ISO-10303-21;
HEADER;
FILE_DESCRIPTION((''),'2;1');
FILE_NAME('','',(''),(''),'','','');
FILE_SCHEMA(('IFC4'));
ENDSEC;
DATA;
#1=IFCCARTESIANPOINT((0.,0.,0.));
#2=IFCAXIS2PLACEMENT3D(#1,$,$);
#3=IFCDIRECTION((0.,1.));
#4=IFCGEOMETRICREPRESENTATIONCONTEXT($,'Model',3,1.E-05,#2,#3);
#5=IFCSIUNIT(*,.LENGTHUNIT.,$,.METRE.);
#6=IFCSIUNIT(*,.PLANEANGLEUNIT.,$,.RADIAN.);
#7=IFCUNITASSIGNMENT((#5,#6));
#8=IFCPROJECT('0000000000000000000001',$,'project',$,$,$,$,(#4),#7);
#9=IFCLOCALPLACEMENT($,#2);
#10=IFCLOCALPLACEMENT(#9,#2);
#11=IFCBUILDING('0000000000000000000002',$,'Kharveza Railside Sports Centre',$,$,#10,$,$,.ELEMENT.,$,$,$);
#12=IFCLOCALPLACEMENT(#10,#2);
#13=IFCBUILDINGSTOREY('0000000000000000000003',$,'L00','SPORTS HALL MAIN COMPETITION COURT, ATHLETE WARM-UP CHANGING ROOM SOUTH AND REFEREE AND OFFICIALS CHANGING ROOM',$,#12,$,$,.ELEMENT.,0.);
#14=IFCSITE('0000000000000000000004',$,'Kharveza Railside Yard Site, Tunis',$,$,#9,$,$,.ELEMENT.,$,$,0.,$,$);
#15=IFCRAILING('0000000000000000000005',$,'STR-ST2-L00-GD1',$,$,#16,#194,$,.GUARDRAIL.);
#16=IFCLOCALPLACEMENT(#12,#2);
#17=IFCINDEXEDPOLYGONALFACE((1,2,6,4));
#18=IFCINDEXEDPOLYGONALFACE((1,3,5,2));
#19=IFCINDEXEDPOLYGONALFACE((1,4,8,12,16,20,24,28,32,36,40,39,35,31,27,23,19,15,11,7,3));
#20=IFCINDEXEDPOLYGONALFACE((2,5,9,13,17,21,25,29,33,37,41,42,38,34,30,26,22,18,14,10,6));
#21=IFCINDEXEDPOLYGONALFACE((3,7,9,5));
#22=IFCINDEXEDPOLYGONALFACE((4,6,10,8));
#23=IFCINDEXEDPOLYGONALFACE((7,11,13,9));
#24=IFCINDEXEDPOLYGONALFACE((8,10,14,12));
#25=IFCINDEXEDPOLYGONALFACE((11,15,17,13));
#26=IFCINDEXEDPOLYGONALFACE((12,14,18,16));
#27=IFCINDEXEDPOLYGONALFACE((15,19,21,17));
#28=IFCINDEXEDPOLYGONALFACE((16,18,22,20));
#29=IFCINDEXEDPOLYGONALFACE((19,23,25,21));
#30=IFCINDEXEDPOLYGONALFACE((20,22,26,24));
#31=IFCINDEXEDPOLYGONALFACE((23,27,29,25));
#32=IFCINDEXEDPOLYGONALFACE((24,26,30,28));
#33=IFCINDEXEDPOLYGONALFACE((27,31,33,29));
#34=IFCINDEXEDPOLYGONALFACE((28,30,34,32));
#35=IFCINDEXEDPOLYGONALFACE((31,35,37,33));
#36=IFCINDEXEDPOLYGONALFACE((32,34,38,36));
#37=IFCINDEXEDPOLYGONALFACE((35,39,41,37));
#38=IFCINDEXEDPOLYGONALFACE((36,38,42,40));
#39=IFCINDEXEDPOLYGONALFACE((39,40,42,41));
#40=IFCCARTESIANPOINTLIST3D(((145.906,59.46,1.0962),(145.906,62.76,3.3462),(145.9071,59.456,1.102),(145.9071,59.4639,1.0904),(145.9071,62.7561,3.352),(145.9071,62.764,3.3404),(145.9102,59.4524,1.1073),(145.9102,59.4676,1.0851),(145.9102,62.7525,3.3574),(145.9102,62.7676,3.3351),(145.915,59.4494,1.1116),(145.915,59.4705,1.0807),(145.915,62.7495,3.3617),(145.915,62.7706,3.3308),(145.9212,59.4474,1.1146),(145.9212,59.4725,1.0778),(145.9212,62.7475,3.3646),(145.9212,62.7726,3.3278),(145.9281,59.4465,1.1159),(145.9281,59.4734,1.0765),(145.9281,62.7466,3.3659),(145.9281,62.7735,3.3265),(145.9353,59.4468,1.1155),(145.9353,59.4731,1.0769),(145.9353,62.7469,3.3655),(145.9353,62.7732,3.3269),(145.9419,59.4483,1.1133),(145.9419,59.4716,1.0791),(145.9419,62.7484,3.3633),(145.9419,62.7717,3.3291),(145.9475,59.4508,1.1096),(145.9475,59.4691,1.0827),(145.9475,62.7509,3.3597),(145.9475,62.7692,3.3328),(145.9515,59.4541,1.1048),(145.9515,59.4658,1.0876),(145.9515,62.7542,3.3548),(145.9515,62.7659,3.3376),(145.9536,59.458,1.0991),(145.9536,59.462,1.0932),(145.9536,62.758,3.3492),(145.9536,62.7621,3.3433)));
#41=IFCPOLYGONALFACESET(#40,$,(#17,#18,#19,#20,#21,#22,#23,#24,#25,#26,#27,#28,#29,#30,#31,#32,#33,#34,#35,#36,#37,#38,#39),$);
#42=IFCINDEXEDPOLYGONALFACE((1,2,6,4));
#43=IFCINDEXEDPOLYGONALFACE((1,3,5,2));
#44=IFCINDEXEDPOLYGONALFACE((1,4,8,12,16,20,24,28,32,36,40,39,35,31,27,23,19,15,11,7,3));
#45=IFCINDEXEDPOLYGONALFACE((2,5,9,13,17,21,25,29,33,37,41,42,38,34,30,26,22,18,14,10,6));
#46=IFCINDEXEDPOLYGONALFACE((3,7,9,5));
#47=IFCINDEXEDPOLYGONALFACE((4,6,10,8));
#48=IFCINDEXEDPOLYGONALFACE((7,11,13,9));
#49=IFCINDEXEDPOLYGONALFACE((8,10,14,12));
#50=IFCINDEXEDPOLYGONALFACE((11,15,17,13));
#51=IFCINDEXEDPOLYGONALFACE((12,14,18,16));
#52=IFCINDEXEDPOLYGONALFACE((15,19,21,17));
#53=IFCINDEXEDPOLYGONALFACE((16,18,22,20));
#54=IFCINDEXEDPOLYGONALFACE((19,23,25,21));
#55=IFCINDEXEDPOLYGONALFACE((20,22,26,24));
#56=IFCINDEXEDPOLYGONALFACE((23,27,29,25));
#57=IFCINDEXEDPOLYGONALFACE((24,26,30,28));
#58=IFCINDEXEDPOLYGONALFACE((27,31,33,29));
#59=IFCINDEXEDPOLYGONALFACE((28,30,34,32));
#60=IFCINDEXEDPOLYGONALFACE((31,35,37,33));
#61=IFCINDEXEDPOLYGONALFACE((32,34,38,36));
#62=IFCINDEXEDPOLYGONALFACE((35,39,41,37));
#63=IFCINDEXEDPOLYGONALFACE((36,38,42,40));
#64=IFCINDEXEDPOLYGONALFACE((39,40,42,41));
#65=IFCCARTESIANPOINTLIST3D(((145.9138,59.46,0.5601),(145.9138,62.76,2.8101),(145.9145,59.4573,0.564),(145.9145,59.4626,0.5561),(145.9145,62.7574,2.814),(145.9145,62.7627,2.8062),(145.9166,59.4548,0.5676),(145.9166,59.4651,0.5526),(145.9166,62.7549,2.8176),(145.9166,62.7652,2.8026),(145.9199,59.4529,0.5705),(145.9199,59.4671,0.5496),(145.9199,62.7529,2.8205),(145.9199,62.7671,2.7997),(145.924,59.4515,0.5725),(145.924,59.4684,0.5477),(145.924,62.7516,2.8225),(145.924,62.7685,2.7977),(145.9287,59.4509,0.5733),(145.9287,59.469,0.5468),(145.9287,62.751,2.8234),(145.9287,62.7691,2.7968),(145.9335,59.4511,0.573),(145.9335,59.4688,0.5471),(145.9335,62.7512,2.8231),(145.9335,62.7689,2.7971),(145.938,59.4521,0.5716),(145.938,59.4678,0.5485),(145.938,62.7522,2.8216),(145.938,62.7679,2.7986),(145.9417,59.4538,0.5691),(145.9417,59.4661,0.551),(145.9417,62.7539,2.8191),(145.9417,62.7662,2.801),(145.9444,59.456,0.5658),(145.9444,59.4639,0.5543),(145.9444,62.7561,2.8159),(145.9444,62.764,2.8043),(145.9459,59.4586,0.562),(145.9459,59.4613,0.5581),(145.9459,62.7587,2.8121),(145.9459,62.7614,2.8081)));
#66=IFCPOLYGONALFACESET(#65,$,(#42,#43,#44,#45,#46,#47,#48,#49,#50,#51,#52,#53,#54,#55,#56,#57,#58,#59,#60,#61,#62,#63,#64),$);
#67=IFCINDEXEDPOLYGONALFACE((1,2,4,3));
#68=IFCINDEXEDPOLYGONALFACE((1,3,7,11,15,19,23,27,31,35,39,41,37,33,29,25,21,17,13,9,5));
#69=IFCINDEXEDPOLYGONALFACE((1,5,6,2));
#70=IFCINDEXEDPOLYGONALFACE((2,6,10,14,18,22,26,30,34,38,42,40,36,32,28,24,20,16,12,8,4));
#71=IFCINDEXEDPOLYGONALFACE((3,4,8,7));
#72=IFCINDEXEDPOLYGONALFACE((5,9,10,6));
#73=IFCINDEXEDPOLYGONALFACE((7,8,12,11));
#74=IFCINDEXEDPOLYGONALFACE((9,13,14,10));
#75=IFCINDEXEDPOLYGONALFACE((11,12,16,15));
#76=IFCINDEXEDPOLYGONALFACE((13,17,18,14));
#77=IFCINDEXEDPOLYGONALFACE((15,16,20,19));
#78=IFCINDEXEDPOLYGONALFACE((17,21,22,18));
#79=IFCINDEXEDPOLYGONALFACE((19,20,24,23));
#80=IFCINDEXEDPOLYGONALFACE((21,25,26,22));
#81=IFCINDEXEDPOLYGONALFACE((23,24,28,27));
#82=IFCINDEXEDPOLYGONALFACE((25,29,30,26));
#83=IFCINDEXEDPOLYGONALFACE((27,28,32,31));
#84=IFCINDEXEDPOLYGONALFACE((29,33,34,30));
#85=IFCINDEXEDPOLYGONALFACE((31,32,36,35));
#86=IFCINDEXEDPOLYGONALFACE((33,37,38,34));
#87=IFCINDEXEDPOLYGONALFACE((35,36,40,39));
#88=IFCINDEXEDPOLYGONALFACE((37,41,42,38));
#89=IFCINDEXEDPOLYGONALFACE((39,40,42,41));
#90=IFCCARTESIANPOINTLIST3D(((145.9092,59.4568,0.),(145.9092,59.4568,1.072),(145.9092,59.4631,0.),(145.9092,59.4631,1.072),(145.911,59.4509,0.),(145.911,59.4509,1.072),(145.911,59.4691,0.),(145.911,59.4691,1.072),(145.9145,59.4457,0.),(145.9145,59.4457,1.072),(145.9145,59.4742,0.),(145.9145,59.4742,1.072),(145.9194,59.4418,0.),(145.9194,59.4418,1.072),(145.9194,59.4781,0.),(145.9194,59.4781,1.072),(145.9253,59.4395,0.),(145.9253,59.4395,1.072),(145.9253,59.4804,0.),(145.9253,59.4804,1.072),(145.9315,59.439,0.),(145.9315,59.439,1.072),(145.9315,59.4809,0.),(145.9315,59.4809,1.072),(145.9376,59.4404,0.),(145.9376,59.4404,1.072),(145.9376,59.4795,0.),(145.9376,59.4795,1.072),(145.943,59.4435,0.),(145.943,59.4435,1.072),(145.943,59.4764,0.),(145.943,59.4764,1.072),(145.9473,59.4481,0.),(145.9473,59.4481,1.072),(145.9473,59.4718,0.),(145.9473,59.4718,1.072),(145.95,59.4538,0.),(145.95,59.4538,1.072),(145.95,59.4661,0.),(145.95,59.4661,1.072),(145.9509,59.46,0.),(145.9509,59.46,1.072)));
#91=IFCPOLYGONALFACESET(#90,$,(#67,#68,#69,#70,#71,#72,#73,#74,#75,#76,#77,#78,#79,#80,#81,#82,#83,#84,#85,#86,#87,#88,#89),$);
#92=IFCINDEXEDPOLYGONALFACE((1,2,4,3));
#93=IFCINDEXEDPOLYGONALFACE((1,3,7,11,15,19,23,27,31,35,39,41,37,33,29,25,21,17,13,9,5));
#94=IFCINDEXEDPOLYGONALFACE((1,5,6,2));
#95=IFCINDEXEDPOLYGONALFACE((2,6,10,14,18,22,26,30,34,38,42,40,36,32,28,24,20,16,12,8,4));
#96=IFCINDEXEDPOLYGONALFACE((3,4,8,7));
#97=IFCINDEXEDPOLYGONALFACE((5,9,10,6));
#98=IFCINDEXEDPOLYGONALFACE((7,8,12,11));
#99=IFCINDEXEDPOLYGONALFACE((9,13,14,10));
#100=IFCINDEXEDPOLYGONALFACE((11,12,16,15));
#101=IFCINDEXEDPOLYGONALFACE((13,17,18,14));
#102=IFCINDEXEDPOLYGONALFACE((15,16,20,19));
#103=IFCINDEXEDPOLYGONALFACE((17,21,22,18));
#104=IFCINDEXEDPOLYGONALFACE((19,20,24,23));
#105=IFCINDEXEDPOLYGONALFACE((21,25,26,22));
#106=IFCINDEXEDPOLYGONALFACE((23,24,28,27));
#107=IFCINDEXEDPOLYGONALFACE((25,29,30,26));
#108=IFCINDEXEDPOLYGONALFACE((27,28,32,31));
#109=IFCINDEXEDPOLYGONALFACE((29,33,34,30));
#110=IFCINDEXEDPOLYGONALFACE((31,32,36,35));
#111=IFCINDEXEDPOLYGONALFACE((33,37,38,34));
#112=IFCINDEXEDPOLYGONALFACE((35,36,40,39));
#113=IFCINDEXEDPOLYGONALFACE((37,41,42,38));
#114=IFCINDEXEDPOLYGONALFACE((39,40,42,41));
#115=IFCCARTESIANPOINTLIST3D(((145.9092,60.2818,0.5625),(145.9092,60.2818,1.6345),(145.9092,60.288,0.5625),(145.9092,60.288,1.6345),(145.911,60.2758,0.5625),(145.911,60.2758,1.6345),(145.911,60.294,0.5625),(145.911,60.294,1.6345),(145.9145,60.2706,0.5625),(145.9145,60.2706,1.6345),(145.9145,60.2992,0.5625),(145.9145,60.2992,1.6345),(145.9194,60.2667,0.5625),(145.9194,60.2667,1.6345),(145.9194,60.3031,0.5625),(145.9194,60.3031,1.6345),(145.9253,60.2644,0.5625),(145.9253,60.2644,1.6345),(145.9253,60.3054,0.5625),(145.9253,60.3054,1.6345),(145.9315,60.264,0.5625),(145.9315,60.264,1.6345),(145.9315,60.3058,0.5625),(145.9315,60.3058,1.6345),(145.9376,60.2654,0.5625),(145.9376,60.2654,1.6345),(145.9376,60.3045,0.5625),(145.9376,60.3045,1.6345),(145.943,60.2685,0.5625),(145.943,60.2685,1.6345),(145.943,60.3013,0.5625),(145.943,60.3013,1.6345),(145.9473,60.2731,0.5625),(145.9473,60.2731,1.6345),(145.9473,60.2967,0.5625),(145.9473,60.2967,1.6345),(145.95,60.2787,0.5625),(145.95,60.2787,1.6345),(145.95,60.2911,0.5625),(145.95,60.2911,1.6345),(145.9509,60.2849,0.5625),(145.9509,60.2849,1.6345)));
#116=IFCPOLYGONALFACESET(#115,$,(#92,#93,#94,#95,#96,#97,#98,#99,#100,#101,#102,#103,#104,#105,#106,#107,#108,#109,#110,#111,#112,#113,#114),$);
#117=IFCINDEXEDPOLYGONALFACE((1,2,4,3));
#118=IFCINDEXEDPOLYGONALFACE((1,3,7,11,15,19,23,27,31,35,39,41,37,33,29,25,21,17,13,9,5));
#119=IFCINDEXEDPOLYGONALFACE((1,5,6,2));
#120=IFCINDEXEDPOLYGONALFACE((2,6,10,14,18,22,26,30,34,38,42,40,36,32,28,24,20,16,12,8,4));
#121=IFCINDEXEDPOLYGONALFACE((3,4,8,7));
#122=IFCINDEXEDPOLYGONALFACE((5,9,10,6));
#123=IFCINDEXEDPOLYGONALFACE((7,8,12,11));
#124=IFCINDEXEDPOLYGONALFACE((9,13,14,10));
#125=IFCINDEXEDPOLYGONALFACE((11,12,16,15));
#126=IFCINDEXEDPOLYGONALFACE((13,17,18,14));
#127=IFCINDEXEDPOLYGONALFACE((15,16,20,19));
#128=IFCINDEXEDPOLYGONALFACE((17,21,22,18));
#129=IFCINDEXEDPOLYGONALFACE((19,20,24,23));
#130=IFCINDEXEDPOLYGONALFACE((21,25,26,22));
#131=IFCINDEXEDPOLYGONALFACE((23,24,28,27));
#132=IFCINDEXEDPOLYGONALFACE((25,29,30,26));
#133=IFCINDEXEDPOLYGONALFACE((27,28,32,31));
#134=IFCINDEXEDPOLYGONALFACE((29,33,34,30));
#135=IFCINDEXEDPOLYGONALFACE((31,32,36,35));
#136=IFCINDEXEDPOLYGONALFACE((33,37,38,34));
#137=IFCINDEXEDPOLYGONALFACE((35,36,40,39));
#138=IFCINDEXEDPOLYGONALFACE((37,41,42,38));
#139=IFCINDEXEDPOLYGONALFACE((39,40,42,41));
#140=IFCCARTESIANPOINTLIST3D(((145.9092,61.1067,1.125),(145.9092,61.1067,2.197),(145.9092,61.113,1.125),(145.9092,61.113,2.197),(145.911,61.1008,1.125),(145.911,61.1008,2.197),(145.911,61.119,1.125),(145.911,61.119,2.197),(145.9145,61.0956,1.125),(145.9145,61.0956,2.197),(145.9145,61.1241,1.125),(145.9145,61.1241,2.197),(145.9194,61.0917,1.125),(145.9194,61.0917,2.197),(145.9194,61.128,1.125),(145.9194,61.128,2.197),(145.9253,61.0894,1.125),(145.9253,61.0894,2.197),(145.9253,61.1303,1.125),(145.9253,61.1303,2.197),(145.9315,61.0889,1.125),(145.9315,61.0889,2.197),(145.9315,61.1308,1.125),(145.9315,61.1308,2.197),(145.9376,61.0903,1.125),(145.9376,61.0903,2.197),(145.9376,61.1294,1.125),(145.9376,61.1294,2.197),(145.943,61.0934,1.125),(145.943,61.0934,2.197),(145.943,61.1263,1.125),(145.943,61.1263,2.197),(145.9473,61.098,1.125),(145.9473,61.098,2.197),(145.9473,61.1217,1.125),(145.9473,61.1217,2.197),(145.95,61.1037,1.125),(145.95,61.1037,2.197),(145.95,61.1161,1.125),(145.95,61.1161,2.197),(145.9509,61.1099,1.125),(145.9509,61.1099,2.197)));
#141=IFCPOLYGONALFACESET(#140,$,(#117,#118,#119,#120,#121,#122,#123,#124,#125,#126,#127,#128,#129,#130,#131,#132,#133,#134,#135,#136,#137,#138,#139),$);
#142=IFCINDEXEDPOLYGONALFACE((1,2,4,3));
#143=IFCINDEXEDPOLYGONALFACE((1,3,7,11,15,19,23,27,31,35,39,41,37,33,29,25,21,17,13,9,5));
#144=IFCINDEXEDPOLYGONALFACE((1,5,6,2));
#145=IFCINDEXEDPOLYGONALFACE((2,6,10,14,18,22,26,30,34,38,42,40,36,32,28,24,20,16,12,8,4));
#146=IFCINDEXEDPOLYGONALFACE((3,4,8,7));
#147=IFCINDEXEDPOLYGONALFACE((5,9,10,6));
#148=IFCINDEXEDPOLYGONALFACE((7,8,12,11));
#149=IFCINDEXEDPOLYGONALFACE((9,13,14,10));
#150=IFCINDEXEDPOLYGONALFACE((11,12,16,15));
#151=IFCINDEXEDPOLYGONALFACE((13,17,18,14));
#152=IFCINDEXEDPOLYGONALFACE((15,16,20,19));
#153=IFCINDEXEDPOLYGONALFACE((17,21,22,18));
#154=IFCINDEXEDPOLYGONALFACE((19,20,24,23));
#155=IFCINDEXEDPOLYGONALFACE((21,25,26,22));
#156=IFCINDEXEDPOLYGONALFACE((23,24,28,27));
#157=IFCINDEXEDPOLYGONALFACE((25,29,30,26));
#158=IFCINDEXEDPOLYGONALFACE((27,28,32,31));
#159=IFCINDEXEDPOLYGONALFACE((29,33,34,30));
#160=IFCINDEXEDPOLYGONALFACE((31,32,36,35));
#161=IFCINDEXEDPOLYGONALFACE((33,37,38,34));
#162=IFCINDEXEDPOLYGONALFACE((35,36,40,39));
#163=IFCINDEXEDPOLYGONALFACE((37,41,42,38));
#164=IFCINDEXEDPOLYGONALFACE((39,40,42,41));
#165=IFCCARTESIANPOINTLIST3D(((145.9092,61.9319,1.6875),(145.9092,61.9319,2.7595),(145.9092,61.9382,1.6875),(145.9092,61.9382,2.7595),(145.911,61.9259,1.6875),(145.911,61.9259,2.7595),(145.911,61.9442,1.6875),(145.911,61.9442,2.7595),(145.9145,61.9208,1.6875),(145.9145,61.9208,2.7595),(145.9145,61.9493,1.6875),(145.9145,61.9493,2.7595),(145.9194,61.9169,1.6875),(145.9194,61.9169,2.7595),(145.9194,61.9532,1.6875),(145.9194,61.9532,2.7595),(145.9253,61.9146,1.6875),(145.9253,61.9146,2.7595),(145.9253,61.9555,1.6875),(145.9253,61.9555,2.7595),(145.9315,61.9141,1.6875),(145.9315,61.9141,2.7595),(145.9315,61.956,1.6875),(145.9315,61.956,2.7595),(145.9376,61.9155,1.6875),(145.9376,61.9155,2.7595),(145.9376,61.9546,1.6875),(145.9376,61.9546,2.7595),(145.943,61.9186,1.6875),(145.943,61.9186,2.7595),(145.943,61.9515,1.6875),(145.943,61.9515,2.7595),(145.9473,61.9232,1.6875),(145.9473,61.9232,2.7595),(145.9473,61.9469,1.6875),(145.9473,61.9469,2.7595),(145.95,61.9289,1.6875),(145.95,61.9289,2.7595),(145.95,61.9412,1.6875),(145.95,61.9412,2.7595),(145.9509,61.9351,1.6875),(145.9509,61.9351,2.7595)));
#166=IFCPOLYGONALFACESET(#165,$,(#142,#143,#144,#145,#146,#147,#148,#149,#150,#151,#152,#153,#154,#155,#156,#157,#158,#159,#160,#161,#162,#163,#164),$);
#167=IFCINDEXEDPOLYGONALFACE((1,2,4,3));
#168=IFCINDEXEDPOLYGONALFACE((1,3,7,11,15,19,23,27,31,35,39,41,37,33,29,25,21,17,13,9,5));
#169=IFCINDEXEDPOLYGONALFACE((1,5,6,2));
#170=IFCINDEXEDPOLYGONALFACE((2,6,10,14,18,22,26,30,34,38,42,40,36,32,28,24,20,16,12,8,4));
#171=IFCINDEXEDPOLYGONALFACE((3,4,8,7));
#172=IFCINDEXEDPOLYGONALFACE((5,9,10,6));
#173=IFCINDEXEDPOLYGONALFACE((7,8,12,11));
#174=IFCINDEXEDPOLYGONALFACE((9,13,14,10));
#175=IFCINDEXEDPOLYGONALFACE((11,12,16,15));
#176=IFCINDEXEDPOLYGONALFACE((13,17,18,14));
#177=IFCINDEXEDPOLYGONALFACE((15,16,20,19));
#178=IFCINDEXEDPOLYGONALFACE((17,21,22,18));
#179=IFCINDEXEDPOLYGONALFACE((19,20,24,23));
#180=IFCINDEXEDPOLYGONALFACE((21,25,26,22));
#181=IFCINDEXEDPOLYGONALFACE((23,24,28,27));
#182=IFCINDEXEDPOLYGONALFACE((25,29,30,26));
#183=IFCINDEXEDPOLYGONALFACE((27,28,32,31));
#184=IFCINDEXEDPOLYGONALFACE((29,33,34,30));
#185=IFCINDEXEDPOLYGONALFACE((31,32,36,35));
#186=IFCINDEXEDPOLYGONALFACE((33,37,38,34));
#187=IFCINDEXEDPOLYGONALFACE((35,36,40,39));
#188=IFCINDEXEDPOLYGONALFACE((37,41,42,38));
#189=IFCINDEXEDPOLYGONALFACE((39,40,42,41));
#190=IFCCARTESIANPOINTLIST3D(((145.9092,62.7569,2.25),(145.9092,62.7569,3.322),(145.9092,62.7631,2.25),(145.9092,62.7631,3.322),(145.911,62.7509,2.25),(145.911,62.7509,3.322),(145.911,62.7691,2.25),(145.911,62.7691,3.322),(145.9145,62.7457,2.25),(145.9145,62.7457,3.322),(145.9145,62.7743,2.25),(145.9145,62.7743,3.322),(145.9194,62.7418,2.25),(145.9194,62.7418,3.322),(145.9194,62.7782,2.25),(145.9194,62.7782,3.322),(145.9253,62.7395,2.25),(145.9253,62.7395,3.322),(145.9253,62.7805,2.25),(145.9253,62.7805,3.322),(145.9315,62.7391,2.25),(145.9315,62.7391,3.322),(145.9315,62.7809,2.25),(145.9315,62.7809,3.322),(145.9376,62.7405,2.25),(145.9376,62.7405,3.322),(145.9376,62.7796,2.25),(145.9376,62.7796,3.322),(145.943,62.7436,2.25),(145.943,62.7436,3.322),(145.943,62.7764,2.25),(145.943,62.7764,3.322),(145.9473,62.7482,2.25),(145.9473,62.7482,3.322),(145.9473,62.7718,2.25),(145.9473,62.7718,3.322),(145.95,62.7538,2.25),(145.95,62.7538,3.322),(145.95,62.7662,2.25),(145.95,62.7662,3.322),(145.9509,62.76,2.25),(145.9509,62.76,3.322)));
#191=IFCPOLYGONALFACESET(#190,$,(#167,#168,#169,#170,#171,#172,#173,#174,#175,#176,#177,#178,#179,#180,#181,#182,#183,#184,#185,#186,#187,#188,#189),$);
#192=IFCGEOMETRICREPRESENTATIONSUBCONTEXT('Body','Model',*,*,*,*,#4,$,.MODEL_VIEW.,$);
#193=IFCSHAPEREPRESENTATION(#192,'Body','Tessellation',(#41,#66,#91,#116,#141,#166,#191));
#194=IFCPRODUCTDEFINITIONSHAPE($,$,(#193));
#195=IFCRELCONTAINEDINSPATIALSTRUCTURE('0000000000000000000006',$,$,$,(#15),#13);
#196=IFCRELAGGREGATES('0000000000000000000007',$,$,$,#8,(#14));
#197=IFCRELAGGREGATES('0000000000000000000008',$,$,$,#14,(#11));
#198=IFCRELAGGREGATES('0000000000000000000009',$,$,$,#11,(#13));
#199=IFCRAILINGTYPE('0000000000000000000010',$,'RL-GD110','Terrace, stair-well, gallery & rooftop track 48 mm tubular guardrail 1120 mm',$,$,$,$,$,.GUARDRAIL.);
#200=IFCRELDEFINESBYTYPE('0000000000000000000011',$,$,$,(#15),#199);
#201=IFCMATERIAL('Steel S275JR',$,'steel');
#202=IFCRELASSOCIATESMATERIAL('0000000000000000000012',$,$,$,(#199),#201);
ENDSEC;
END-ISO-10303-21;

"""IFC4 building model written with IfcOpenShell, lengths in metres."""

from ifc_helpers import new_model, si_unit, direction, frame, origin, origin_2d, place, context, subcontext, project, spatial, circle, extrude, material, type_object, element, save


model = new_model("IFC4")

# Units and contexts
model_context = context("Model", 3, precision=1e-05, world=origin(), true_north=direction((0.0, 1.0)))
body_context = subcontext(model_context, "Body", "Model", "MODEL_VIEW")
ifc_project = project(units=[si_unit("LENGTHUNIT", "METRE"), si_unit("PLANEANGLEUNIT", "RADIAN")], contexts=[model_context])

# Site, building, storey
site_placement = place(None, origin())
site = spatial("IfcSite", under=ifc_project, at=site_placement, Name="Kharveza Railside Yard Site, Tunis", CompositionType="ELEMENT", RefElevation=0.0)
building_placement = place(site_placement, origin())
building = spatial("IfcBuilding", under=site, at=building_placement, Name="Kharveza Railside Sports Centre", CompositionType="ELEMENT")
storey_placement = place(building_placement, origin())
storey = spatial("IfcBuildingStorey", under=building, at=storey_placement, Name="L00", Description="SPORTS HALL MAIN COMPETITION COURT, ATHLETE WARM-UP CHANGING ROOM SOUTH AND REFEREE AND OFFICIALS CHANGING ROOM", CompositionType="ELEMENT", Elevation=0.0)

# Railing
ifc_material_1 = material(Name="Steel S275JR", Category="steel")
railing_type_1 = type_object("IfcRailingType", Name="RL-GD110", Description="Terrace, stair-well, gallery & rooftop track 48 mm tubular guardrail 1120 mm", PredefinedType="GUARDRAIL", material=ifc_material_1)
railing_1_placement = place(storey_placement, frame((145.9299, 59.46, 0.0)))
element("IfcRailing", 1, at=railing_1_placement, inside=storey, type_object=railing_type_1, Name="STR-ST2-L00-GD1", PredefinedType="GUARDRAIL", context=body_context, shape_type="SweptSolid", body=[
    extrude(circle(Radius=0.0239, at=origin_2d()), frame((0.0, 0.0, 1.0962), z_axis=(0.0, 0.826231, 0.563331), x_axis=(-1.0, 0.0, 0.0)), (0.0, 0.0, 1.0), 3.9941),
    extrude(circle(Radius=0.0161, at=origin_2d()), frame((0.0, 0.0, 0.5601), z_axis=(0.0, 0.826231, 0.563331), x_axis=(-1.0, 0.0, 0.0)), (0.0, 0.0, 1.0), 3.9941),
    extrude(circle(Radius=0.021, at=origin_2d()), origin(), (0.0, 0.0, 1.0), 1.072),
    extrude(circle(Radius=0.021, at=origin_2d()), frame((0.0, 0.825, 0.5625)), (0.0, 0.0, 1.0), 1.072),
    extrude(circle(Radius=0.021, at=origin_2d()), frame((0.0, 1.6499, 1.125)), (0.0, 0.0, 1.0), 1.072),
    extrude(circle(Radius=0.021, at=origin_2d()), frame((0.0, 2.4751, 1.6875)), (0.0, 0.0, 1.0), 1.072),
    extrude(circle(Radius=0.021, at=origin_2d()), frame((0.0, 3.3, 2.25)), (0.0, 0.0, 1.0), 1.072),
])

save(model, "model.ifc")
